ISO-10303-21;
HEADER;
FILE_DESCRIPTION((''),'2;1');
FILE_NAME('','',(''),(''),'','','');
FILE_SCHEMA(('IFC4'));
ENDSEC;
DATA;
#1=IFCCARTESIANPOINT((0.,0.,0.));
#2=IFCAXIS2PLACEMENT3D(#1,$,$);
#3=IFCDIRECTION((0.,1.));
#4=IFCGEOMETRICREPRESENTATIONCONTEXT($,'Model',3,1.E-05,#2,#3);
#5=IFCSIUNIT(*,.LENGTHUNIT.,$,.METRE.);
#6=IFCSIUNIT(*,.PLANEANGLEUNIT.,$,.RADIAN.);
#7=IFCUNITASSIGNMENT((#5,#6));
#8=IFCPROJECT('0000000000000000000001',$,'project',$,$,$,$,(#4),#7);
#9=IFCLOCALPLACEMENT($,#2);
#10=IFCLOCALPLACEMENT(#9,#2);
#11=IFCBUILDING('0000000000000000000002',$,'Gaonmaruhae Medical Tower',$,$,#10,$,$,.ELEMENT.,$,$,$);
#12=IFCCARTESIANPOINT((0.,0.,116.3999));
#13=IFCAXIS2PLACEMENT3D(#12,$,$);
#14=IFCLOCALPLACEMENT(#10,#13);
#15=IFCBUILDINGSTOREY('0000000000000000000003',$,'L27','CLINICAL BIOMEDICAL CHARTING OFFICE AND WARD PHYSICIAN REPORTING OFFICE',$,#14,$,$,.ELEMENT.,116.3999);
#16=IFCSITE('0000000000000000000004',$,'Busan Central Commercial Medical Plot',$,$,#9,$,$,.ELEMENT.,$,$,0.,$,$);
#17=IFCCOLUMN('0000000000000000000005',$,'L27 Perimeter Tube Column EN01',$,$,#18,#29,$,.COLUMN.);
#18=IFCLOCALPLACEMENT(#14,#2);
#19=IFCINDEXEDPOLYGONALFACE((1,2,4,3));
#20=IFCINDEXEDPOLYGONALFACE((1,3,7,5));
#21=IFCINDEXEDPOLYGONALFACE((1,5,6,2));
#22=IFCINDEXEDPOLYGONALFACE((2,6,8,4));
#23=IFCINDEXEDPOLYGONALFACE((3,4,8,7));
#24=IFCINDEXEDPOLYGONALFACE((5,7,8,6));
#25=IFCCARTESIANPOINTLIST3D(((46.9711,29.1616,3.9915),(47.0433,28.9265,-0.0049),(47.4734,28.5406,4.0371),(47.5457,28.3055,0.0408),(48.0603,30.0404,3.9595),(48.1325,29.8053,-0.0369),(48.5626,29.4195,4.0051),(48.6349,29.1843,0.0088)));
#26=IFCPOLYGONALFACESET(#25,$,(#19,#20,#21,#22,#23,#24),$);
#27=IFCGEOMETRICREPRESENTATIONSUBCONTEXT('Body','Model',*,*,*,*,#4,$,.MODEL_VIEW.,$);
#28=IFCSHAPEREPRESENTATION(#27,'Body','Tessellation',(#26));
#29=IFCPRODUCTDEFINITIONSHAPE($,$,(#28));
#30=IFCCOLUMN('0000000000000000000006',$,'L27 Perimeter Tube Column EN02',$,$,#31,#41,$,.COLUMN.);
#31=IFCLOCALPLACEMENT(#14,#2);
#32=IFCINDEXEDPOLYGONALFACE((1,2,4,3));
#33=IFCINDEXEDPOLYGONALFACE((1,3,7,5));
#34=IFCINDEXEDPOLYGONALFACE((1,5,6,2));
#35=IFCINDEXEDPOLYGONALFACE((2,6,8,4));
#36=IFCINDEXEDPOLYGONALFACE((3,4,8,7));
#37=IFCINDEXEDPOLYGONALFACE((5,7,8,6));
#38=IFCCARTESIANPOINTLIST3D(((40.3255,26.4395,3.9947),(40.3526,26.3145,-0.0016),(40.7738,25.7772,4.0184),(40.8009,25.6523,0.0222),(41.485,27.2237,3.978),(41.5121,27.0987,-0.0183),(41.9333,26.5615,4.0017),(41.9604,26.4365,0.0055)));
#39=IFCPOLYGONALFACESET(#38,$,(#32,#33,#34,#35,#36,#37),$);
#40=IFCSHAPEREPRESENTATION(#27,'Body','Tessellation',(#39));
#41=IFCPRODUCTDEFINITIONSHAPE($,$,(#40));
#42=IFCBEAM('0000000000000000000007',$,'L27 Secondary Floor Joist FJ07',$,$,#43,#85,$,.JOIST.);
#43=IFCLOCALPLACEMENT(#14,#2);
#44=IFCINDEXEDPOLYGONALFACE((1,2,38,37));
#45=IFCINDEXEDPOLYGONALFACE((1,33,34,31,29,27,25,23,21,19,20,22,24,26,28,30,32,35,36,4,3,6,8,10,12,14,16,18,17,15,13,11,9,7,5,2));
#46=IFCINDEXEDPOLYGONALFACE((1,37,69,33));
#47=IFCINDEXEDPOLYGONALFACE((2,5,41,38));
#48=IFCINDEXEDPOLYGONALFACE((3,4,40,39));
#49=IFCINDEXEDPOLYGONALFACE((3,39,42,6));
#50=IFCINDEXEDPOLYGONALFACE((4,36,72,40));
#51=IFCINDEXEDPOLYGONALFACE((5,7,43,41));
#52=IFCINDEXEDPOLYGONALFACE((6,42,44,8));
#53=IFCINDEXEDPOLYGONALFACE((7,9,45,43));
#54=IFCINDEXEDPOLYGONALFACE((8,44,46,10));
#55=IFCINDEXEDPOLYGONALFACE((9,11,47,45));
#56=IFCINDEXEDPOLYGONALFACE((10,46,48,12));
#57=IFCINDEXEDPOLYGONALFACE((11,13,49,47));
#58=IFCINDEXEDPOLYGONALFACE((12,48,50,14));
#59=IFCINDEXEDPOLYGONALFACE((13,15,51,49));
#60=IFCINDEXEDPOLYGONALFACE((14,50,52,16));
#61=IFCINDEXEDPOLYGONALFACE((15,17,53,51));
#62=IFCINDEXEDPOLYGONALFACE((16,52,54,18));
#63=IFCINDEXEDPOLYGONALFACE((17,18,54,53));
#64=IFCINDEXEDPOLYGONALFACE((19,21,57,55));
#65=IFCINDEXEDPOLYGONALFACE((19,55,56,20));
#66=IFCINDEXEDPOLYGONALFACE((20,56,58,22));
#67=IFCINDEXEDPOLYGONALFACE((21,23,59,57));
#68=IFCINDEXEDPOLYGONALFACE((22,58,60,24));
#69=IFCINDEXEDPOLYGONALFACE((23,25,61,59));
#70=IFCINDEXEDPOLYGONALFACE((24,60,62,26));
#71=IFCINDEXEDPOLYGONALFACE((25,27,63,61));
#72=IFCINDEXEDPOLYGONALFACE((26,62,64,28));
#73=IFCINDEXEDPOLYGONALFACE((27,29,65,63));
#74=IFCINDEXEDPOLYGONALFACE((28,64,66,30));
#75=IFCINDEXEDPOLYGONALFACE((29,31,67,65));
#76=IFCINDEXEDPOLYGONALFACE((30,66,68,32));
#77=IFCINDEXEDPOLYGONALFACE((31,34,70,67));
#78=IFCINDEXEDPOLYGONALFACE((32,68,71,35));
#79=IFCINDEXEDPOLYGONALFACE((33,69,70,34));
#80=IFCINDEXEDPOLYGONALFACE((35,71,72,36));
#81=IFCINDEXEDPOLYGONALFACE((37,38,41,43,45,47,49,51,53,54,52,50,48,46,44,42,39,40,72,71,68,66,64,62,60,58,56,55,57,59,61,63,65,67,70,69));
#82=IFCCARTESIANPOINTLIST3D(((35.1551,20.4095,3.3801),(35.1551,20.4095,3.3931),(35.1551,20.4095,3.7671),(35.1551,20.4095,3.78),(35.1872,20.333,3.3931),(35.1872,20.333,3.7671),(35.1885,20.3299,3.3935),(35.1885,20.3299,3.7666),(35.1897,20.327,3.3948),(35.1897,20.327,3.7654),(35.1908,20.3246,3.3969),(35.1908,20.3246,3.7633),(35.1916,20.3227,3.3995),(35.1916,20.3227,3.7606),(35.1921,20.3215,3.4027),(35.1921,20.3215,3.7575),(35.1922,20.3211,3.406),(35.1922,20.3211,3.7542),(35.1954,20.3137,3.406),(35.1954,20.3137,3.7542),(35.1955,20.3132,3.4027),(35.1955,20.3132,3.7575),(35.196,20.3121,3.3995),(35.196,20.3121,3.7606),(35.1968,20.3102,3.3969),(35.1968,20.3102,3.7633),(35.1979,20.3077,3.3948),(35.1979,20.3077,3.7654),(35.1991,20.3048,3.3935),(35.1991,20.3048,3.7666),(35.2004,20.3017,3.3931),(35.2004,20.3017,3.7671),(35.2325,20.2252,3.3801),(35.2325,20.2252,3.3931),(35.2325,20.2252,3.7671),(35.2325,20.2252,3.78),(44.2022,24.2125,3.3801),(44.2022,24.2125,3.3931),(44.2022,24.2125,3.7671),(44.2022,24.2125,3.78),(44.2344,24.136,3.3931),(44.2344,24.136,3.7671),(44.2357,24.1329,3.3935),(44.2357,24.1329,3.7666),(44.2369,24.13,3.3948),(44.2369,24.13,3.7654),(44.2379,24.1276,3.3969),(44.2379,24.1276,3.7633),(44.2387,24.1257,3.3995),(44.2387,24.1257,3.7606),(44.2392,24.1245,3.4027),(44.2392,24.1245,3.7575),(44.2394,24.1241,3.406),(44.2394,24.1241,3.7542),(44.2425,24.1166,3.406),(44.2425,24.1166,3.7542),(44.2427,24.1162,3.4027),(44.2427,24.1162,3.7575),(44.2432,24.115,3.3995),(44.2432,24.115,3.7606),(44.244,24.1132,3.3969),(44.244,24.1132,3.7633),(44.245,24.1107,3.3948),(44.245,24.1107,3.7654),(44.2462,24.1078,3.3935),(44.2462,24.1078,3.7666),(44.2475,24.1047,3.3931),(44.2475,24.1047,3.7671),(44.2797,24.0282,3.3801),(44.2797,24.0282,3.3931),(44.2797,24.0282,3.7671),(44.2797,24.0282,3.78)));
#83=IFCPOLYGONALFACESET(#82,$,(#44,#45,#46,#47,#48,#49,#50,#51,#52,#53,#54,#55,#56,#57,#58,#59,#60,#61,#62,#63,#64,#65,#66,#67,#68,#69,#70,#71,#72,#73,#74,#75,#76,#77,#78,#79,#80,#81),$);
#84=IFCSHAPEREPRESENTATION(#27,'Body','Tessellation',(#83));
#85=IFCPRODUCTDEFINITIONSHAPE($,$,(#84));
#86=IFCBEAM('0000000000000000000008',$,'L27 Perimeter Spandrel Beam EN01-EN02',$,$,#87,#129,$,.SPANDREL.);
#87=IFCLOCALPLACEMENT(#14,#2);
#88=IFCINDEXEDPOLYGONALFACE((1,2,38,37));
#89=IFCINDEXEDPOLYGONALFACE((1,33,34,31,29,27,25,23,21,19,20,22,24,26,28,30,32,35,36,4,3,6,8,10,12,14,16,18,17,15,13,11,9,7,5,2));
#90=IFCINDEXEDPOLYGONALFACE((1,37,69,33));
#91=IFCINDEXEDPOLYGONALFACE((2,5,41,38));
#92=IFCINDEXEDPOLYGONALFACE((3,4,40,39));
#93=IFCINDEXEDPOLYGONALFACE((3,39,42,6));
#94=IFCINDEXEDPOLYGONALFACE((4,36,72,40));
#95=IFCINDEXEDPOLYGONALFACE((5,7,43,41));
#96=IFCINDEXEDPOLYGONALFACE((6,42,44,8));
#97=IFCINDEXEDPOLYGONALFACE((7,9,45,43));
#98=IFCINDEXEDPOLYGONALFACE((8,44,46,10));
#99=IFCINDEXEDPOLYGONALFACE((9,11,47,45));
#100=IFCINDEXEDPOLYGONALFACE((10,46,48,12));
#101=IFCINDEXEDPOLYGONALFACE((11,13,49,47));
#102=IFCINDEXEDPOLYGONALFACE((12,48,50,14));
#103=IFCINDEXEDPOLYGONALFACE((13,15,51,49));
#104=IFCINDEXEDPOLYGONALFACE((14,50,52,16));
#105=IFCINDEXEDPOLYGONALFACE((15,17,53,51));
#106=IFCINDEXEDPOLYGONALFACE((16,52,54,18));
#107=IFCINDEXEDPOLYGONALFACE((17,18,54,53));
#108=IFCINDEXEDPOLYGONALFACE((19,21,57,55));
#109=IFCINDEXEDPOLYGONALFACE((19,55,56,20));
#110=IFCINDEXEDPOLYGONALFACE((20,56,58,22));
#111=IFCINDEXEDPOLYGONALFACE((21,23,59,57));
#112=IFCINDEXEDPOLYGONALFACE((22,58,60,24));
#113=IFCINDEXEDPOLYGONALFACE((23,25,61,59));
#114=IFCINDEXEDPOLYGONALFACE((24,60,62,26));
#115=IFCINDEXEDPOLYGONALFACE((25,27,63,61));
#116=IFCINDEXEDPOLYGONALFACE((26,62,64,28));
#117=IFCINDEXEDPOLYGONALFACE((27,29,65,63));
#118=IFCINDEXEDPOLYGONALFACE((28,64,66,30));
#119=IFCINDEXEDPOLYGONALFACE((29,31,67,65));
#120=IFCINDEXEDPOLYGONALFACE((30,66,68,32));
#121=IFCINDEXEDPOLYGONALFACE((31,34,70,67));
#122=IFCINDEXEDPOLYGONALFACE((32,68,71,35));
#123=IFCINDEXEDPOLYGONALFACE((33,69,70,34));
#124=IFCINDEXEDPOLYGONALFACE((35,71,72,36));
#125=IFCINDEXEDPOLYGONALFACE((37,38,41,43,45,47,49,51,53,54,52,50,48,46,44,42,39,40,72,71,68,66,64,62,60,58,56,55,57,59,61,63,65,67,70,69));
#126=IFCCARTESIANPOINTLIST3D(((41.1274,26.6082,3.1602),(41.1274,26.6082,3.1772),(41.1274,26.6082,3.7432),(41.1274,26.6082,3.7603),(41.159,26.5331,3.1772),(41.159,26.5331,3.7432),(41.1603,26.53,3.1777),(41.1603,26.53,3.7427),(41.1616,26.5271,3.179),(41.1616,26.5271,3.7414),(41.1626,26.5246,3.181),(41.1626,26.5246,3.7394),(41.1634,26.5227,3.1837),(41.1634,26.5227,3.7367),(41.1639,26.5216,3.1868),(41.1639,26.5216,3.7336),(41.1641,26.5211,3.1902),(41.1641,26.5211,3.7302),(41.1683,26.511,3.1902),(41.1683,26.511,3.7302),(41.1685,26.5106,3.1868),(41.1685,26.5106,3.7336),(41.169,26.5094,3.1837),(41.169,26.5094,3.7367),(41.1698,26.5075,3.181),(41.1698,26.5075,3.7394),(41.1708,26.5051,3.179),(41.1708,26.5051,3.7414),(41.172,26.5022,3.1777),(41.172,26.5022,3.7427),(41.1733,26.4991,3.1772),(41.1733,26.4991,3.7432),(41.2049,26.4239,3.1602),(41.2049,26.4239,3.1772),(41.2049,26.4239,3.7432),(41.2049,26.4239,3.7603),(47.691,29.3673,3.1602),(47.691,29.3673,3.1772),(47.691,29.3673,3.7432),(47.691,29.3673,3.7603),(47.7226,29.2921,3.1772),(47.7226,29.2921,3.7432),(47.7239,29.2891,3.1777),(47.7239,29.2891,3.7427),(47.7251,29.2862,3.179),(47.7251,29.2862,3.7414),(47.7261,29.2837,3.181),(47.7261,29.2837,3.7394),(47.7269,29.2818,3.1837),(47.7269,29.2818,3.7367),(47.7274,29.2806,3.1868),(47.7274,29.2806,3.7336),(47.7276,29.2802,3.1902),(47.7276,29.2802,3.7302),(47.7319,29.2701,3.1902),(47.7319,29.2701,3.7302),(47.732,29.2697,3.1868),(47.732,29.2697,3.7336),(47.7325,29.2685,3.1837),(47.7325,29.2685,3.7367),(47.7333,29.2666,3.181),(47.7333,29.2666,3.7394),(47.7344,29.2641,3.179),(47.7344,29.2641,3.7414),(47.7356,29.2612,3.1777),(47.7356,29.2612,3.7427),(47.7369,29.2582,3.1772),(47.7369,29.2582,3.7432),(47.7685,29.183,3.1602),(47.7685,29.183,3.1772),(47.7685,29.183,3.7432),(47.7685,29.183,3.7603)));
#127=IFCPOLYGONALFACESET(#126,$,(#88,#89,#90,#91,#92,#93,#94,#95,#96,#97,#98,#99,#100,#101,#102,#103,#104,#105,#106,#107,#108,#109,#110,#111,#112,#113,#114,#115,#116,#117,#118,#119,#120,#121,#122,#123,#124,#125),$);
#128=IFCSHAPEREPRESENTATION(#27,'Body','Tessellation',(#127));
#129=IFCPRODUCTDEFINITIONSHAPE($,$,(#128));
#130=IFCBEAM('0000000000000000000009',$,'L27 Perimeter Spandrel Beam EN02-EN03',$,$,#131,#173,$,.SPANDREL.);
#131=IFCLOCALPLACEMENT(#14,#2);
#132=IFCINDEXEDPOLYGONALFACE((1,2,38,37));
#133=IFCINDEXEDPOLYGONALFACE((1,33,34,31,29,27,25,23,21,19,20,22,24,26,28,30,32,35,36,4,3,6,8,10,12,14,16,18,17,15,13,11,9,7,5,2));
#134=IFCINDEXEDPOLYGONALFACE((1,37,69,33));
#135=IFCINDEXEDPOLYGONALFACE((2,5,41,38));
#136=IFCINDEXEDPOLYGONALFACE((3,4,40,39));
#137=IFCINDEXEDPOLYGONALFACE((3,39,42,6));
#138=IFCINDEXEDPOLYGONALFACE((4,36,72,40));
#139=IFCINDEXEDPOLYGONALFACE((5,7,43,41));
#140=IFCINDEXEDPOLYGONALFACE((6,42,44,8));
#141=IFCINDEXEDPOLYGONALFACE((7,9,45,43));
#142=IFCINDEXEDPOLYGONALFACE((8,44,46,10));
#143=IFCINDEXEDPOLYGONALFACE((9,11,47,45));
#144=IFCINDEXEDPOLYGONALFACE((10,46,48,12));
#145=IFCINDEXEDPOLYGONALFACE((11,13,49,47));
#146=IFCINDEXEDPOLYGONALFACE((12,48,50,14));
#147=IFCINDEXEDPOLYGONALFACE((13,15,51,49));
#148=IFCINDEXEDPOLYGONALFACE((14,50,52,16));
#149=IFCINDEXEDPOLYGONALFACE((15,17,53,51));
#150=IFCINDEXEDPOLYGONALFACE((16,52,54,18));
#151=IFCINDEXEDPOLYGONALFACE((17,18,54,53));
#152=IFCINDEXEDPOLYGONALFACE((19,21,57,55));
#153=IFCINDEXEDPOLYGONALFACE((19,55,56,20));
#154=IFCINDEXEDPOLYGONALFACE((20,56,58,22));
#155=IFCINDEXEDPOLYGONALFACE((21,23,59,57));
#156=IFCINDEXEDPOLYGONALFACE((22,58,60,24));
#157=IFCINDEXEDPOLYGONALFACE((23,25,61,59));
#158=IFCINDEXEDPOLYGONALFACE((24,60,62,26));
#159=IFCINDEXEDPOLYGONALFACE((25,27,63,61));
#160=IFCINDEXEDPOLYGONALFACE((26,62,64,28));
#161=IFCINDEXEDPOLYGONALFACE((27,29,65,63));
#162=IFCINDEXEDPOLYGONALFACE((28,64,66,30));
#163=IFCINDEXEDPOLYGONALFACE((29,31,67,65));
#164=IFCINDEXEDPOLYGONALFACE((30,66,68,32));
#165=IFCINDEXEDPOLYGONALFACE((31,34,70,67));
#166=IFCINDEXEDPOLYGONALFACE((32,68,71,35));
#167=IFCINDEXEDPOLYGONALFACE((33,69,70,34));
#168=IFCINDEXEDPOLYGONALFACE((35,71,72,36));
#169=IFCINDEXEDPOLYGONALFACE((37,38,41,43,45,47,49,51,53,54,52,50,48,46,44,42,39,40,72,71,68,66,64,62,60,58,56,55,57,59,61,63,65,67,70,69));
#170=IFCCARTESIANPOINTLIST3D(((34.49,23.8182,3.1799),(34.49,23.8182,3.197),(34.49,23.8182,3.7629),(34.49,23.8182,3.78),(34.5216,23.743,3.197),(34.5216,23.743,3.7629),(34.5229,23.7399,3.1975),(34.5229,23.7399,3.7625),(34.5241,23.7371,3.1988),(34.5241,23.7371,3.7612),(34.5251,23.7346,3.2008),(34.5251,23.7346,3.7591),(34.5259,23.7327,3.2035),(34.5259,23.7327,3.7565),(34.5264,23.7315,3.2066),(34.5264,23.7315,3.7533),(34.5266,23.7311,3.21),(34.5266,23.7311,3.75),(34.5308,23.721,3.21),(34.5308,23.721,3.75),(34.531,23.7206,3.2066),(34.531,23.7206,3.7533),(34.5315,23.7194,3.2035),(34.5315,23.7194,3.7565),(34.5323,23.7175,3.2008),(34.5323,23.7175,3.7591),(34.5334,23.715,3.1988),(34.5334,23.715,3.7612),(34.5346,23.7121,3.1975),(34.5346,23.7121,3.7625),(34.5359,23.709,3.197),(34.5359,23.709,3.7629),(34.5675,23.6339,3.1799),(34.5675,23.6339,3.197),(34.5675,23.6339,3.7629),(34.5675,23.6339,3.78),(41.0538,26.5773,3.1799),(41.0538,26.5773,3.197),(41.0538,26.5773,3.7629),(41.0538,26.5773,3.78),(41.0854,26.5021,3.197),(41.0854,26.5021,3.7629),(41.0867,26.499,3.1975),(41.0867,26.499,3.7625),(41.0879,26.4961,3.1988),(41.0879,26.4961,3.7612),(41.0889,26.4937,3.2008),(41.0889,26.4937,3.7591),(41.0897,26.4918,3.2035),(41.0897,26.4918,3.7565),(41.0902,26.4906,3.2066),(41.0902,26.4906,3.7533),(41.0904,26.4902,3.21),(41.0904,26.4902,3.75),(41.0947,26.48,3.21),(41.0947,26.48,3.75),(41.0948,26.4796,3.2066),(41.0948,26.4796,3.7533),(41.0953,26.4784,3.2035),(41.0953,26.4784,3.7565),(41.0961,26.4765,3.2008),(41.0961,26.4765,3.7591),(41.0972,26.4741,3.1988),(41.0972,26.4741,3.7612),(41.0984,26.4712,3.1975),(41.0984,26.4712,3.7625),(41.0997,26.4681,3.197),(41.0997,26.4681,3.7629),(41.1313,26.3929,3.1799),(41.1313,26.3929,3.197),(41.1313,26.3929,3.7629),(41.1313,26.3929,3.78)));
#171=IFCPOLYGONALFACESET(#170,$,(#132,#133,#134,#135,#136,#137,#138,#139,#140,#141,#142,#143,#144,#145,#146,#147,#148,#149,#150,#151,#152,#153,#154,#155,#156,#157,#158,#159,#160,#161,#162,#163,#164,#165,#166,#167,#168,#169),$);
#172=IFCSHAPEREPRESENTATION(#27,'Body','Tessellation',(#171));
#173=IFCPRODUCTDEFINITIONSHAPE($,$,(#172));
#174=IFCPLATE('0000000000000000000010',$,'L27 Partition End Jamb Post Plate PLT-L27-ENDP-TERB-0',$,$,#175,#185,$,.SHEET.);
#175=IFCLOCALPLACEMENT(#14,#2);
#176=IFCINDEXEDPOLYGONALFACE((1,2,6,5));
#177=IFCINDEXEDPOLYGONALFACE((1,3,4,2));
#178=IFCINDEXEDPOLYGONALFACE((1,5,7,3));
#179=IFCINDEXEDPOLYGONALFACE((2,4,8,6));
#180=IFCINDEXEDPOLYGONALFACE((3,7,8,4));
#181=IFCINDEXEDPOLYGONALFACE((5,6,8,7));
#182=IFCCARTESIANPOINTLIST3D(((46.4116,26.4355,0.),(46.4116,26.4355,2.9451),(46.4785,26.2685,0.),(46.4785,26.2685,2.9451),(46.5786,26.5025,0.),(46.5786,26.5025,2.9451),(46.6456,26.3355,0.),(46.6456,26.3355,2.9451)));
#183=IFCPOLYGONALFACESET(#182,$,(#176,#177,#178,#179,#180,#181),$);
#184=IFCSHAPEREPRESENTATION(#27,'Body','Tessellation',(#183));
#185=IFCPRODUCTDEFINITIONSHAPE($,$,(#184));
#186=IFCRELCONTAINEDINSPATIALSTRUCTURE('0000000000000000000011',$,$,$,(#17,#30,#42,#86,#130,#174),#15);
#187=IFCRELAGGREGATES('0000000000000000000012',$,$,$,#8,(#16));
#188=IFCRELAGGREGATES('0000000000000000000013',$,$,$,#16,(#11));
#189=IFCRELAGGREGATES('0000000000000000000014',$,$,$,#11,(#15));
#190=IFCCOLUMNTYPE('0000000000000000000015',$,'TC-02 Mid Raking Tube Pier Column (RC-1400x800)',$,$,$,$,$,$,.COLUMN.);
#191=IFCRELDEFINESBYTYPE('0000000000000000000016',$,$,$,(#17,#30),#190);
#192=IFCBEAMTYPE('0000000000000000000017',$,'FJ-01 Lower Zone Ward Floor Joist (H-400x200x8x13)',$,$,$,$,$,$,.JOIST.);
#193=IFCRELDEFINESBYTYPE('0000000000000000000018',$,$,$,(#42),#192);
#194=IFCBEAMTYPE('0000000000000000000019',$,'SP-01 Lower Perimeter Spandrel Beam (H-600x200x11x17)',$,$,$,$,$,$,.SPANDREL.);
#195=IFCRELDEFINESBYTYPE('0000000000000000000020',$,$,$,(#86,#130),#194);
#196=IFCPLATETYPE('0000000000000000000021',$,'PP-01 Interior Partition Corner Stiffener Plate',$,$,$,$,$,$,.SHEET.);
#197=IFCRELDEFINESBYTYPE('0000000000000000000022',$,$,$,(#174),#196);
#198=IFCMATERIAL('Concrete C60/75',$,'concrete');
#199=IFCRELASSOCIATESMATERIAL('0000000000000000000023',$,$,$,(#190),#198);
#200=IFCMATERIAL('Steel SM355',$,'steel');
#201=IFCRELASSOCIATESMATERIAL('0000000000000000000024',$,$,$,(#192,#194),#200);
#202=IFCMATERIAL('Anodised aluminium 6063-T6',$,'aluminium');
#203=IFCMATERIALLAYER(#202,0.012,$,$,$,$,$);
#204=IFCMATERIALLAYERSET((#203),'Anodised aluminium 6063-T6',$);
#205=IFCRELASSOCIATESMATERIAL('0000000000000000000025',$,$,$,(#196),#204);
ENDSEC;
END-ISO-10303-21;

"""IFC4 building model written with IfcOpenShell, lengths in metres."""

from ifc_helpers import new_model, si_unit, direction, frame, origin, origin_2d, place, context, subcontext, project, spatial, rectangle, i_section, extrude, material, layer, layer_set, material_profile, profile_set, type_object, element, save


model = new_model("IFC4")

# Units and contexts
model_context = context("Model", 3, precision=1e-05, world=origin(), true_north=direction((0.0, 1.0)))
body_context = subcontext(model_context, "Body", "Model", "MODEL_VIEW")
ifc_project = project(units=[si_unit("LENGTHUNIT", "METRE"), si_unit("PLANEANGLEUNIT", "RADIAN")], contexts=[model_context])

# Site, building, storey
site_placement = place(None, origin())
site = spatial("IfcSite", under=ifc_project, at=site_placement, Name="Busan Central Commercial Medical Plot", CompositionType="ELEMENT", RefElevation=0.0)
building_placement = place(site_placement, origin())
building = spatial("IfcBuilding", under=site, at=building_placement, Name="Gaonmaruhae Medical Tower", CompositionType="ELEMENT")
storey_placement = place(building_placement, frame((0.0, 0.0, 116.3999)))
storey = spatial("IfcBuildingStorey", under=building, at=storey_placement, Name="L27", Description="CLINICAL BIOMEDICAL CHARTING OFFICE AND WARD PHYSICIAN REPORTING OFFICE", CompositionType="ELEMENT", Elevation=116.3999)

# Columns
ifc_material_1 = material(Name="Concrete C60/75", Category="concrete")
ifc_material_profile_1 = material_profile(ifc_material_1, rectangle(XDim=1.3999, YDim=0.8, at=origin_2d()), Name="RC-1400x800")
ifc_profile_set_1 = profile_set([ifc_material_profile_1], Name="Concrete C60/75")
column_type = type_object("IfcColumnType", Name="TC-02 Mid Raking Tube Pier Column (RC-1400x800)", PredefinedType="COLUMN", material=ifc_profile_set_1)
column_1_placement = place(storey_placement, frame((47.8391, 29.0554, 0.002), z_axis=(-0.018049, 0.05872, 0.998111), x_axis=(-0.778055, -0.62778, 0.022863)))
element("IfcColumn", 1, at=column_1_placement, inside=storey, type_object=column_type, Name="L27 Perimeter Tube Column EN01", PredefinedType="COLUMN", context=body_context, shape_type="SweptSolid", body=[
    extrude(rectangle(XDim=1.3999, YDim=0.8, at=origin_2d()), origin(), (0.0, 0.0, 1.0), 4.0039),
])
column_2_placement = place(storey_placement, frame((41.1565, 26.3755, 0.002), z_axis=(-0.006778, 0.031263, 0.999488), x_axis=(-0.828274, -0.560196, 0.011906)))
element("IfcColumn", 2, at=column_2_placement, inside=storey, type_object=column_type, Name="L27 Perimeter Tube Column EN02", PredefinedType="COLUMN", context=body_context, shape_type="SweptSolid", body=[
    extrude(rectangle(XDim=1.3999, YDim=0.8, at=origin_2d()), origin(), (0.0, 0.0, 1.0), 3.9983),
])

# Beams
ifc_material_2 = material(Name="Steel SM355", Category="steel")
ifc_material_profile_2 = material_profile(ifc_material_2, i_section(OverallWidth=0.2, OverallDepth=0.3999, WebThickness=0.0081, FlangeThickness=0.0129, FilletRadius=0.0129, at=origin_2d()), Name="H-400x200x8x13")
ifc_profile_set_2 = profile_set([ifc_material_profile_2], Name="Steel SM355")
beam_type_1 = type_object("IfcBeamType", Name="FJ-01 Lower Zone Ward Floor Joist (H-400x200x8x13)", PredefinedType="JOIST", material=ifc_profile_set_2)
beam_1_placement = place(storey_placement, frame((44.241, 24.1204, 3.5801), z_axis=(-0.921866, -0.387509, 0.0), x_axis=(0.387509, -0.921866, 0.0)))
element("IfcBeam", 3, at=beam_1_placement, inside=storey, type_object=beam_type_1, Name="L27 Secondary Floor Joist FJ07", PredefinedType="JOIST", context=body_context, shape_type="SweptSolid", body=[
    extrude(i_section(OverallWidth=0.2, OverallDepth=0.3999, WebThickness=0.0081, FlangeThickness=0.0129, FilletRadius=0.0129, at=origin_2d()), origin(), (0.0, 0.0, 1.0), 9.814),
])
ifc_material_profile_3 = material_profile(ifc_material_2, i_section(OverallWidth=0.2, OverallDepth=0.6001, WebThickness=0.011, FlangeThickness=0.0171, FilletRadius=0.0129, at=origin_2d()), Name="H-600x200x11x17")
ifc_profile_set_3 = profile_set([ifc_material_profile_3], Name="Steel SM355")
beam_type_2 = type_object("IfcBeamType", Name="SP-01 Lower Perimeter Spandrel Beam (H-600x200x11x17)", PredefinedType="SPANDREL", material=ifc_profile_set_3)
beam_2_placement = place(storey_placement, frame((47.7297, 29.2751, 3.4602), z_axis=(-0.921863, -0.387516, 0.0), x_axis=(0.387516, -0.921863, 0.0)))
element("IfcBeam", 4, at=beam_2_placement, inside=storey, type_object=beam_type_2, Name="L27 Perimeter Spandrel Beam EN01-EN02", PredefinedType="SPANDREL", context=body_context, shape_type="SweptSolid", body=[
    extrude(i_section(OverallWidth=0.2, OverallDepth=0.6001, WebThickness=0.011, FlangeThickness=0.0171, FilletRadius=0.0129, at=origin_2d()), origin(), (0.0, 0.0, 1.0), 7.1199),
])
beam_3_placement = place(storey_placement, frame((41.0925, 26.4851, 3.48), z_axis=(-0.921868, -0.387504, 0.0), x_axis=(0.387504, -0.921868, 0.0)))
element("IfcBeam", 5, at=beam_3_placement, inside=storey, type_object=beam_type_2, Name="L27 Perimeter Spandrel Beam EN02-EN03", PredefinedType="SPANDREL", context=body_context, shape_type="SweptSolid", body=[
    extrude(i_section(OverallWidth=0.2, OverallDepth=0.6001, WebThickness=0.011, FlangeThickness=0.0171, FilletRadius=0.0129, at=origin_2d()), origin(), (0.0, 0.0, 1.0), 7.1201),
])

# Plate
ifc_material_3 = material(Name="Anodised aluminium 6063-T6", Category="aluminium")
ifc_layer_1 = layer(ifc_material_3, 0.012)
ifc_layer_set_1 = layer_set([ifc_layer_1], Name="Anodised aluminium 6063-T6")
plate_type = type_object("IfcPlateType", Name="PP-01 Interior Partition Corner Stiffener Plate", PredefinedType="SHEET", material=ifc_layer_set_1)
plate_1_placement = place(storey_placement, frame((46.5286, 26.3855, 0.0), z_axis=(0.0, 0.0, 1.0), x_axis=(0.928161, 0.372178, 0.0)))
element("IfcPlate", 6, at=plate_1_placement, inside=storey, type_object=plate_type, Name="L27 Partition End Jamb Post Plate PLT-L27-ENDP-TERB-0", PredefinedType="SHEET", context=body_context, shape_type="SweptSolid", body=[
    extrude(rectangle(XDim=0.1799, YDim=0.1799, at=origin_2d()), origin(), (0.0, 0.0, 1.0), 2.9451),
])

save(model, "model.ifc")
